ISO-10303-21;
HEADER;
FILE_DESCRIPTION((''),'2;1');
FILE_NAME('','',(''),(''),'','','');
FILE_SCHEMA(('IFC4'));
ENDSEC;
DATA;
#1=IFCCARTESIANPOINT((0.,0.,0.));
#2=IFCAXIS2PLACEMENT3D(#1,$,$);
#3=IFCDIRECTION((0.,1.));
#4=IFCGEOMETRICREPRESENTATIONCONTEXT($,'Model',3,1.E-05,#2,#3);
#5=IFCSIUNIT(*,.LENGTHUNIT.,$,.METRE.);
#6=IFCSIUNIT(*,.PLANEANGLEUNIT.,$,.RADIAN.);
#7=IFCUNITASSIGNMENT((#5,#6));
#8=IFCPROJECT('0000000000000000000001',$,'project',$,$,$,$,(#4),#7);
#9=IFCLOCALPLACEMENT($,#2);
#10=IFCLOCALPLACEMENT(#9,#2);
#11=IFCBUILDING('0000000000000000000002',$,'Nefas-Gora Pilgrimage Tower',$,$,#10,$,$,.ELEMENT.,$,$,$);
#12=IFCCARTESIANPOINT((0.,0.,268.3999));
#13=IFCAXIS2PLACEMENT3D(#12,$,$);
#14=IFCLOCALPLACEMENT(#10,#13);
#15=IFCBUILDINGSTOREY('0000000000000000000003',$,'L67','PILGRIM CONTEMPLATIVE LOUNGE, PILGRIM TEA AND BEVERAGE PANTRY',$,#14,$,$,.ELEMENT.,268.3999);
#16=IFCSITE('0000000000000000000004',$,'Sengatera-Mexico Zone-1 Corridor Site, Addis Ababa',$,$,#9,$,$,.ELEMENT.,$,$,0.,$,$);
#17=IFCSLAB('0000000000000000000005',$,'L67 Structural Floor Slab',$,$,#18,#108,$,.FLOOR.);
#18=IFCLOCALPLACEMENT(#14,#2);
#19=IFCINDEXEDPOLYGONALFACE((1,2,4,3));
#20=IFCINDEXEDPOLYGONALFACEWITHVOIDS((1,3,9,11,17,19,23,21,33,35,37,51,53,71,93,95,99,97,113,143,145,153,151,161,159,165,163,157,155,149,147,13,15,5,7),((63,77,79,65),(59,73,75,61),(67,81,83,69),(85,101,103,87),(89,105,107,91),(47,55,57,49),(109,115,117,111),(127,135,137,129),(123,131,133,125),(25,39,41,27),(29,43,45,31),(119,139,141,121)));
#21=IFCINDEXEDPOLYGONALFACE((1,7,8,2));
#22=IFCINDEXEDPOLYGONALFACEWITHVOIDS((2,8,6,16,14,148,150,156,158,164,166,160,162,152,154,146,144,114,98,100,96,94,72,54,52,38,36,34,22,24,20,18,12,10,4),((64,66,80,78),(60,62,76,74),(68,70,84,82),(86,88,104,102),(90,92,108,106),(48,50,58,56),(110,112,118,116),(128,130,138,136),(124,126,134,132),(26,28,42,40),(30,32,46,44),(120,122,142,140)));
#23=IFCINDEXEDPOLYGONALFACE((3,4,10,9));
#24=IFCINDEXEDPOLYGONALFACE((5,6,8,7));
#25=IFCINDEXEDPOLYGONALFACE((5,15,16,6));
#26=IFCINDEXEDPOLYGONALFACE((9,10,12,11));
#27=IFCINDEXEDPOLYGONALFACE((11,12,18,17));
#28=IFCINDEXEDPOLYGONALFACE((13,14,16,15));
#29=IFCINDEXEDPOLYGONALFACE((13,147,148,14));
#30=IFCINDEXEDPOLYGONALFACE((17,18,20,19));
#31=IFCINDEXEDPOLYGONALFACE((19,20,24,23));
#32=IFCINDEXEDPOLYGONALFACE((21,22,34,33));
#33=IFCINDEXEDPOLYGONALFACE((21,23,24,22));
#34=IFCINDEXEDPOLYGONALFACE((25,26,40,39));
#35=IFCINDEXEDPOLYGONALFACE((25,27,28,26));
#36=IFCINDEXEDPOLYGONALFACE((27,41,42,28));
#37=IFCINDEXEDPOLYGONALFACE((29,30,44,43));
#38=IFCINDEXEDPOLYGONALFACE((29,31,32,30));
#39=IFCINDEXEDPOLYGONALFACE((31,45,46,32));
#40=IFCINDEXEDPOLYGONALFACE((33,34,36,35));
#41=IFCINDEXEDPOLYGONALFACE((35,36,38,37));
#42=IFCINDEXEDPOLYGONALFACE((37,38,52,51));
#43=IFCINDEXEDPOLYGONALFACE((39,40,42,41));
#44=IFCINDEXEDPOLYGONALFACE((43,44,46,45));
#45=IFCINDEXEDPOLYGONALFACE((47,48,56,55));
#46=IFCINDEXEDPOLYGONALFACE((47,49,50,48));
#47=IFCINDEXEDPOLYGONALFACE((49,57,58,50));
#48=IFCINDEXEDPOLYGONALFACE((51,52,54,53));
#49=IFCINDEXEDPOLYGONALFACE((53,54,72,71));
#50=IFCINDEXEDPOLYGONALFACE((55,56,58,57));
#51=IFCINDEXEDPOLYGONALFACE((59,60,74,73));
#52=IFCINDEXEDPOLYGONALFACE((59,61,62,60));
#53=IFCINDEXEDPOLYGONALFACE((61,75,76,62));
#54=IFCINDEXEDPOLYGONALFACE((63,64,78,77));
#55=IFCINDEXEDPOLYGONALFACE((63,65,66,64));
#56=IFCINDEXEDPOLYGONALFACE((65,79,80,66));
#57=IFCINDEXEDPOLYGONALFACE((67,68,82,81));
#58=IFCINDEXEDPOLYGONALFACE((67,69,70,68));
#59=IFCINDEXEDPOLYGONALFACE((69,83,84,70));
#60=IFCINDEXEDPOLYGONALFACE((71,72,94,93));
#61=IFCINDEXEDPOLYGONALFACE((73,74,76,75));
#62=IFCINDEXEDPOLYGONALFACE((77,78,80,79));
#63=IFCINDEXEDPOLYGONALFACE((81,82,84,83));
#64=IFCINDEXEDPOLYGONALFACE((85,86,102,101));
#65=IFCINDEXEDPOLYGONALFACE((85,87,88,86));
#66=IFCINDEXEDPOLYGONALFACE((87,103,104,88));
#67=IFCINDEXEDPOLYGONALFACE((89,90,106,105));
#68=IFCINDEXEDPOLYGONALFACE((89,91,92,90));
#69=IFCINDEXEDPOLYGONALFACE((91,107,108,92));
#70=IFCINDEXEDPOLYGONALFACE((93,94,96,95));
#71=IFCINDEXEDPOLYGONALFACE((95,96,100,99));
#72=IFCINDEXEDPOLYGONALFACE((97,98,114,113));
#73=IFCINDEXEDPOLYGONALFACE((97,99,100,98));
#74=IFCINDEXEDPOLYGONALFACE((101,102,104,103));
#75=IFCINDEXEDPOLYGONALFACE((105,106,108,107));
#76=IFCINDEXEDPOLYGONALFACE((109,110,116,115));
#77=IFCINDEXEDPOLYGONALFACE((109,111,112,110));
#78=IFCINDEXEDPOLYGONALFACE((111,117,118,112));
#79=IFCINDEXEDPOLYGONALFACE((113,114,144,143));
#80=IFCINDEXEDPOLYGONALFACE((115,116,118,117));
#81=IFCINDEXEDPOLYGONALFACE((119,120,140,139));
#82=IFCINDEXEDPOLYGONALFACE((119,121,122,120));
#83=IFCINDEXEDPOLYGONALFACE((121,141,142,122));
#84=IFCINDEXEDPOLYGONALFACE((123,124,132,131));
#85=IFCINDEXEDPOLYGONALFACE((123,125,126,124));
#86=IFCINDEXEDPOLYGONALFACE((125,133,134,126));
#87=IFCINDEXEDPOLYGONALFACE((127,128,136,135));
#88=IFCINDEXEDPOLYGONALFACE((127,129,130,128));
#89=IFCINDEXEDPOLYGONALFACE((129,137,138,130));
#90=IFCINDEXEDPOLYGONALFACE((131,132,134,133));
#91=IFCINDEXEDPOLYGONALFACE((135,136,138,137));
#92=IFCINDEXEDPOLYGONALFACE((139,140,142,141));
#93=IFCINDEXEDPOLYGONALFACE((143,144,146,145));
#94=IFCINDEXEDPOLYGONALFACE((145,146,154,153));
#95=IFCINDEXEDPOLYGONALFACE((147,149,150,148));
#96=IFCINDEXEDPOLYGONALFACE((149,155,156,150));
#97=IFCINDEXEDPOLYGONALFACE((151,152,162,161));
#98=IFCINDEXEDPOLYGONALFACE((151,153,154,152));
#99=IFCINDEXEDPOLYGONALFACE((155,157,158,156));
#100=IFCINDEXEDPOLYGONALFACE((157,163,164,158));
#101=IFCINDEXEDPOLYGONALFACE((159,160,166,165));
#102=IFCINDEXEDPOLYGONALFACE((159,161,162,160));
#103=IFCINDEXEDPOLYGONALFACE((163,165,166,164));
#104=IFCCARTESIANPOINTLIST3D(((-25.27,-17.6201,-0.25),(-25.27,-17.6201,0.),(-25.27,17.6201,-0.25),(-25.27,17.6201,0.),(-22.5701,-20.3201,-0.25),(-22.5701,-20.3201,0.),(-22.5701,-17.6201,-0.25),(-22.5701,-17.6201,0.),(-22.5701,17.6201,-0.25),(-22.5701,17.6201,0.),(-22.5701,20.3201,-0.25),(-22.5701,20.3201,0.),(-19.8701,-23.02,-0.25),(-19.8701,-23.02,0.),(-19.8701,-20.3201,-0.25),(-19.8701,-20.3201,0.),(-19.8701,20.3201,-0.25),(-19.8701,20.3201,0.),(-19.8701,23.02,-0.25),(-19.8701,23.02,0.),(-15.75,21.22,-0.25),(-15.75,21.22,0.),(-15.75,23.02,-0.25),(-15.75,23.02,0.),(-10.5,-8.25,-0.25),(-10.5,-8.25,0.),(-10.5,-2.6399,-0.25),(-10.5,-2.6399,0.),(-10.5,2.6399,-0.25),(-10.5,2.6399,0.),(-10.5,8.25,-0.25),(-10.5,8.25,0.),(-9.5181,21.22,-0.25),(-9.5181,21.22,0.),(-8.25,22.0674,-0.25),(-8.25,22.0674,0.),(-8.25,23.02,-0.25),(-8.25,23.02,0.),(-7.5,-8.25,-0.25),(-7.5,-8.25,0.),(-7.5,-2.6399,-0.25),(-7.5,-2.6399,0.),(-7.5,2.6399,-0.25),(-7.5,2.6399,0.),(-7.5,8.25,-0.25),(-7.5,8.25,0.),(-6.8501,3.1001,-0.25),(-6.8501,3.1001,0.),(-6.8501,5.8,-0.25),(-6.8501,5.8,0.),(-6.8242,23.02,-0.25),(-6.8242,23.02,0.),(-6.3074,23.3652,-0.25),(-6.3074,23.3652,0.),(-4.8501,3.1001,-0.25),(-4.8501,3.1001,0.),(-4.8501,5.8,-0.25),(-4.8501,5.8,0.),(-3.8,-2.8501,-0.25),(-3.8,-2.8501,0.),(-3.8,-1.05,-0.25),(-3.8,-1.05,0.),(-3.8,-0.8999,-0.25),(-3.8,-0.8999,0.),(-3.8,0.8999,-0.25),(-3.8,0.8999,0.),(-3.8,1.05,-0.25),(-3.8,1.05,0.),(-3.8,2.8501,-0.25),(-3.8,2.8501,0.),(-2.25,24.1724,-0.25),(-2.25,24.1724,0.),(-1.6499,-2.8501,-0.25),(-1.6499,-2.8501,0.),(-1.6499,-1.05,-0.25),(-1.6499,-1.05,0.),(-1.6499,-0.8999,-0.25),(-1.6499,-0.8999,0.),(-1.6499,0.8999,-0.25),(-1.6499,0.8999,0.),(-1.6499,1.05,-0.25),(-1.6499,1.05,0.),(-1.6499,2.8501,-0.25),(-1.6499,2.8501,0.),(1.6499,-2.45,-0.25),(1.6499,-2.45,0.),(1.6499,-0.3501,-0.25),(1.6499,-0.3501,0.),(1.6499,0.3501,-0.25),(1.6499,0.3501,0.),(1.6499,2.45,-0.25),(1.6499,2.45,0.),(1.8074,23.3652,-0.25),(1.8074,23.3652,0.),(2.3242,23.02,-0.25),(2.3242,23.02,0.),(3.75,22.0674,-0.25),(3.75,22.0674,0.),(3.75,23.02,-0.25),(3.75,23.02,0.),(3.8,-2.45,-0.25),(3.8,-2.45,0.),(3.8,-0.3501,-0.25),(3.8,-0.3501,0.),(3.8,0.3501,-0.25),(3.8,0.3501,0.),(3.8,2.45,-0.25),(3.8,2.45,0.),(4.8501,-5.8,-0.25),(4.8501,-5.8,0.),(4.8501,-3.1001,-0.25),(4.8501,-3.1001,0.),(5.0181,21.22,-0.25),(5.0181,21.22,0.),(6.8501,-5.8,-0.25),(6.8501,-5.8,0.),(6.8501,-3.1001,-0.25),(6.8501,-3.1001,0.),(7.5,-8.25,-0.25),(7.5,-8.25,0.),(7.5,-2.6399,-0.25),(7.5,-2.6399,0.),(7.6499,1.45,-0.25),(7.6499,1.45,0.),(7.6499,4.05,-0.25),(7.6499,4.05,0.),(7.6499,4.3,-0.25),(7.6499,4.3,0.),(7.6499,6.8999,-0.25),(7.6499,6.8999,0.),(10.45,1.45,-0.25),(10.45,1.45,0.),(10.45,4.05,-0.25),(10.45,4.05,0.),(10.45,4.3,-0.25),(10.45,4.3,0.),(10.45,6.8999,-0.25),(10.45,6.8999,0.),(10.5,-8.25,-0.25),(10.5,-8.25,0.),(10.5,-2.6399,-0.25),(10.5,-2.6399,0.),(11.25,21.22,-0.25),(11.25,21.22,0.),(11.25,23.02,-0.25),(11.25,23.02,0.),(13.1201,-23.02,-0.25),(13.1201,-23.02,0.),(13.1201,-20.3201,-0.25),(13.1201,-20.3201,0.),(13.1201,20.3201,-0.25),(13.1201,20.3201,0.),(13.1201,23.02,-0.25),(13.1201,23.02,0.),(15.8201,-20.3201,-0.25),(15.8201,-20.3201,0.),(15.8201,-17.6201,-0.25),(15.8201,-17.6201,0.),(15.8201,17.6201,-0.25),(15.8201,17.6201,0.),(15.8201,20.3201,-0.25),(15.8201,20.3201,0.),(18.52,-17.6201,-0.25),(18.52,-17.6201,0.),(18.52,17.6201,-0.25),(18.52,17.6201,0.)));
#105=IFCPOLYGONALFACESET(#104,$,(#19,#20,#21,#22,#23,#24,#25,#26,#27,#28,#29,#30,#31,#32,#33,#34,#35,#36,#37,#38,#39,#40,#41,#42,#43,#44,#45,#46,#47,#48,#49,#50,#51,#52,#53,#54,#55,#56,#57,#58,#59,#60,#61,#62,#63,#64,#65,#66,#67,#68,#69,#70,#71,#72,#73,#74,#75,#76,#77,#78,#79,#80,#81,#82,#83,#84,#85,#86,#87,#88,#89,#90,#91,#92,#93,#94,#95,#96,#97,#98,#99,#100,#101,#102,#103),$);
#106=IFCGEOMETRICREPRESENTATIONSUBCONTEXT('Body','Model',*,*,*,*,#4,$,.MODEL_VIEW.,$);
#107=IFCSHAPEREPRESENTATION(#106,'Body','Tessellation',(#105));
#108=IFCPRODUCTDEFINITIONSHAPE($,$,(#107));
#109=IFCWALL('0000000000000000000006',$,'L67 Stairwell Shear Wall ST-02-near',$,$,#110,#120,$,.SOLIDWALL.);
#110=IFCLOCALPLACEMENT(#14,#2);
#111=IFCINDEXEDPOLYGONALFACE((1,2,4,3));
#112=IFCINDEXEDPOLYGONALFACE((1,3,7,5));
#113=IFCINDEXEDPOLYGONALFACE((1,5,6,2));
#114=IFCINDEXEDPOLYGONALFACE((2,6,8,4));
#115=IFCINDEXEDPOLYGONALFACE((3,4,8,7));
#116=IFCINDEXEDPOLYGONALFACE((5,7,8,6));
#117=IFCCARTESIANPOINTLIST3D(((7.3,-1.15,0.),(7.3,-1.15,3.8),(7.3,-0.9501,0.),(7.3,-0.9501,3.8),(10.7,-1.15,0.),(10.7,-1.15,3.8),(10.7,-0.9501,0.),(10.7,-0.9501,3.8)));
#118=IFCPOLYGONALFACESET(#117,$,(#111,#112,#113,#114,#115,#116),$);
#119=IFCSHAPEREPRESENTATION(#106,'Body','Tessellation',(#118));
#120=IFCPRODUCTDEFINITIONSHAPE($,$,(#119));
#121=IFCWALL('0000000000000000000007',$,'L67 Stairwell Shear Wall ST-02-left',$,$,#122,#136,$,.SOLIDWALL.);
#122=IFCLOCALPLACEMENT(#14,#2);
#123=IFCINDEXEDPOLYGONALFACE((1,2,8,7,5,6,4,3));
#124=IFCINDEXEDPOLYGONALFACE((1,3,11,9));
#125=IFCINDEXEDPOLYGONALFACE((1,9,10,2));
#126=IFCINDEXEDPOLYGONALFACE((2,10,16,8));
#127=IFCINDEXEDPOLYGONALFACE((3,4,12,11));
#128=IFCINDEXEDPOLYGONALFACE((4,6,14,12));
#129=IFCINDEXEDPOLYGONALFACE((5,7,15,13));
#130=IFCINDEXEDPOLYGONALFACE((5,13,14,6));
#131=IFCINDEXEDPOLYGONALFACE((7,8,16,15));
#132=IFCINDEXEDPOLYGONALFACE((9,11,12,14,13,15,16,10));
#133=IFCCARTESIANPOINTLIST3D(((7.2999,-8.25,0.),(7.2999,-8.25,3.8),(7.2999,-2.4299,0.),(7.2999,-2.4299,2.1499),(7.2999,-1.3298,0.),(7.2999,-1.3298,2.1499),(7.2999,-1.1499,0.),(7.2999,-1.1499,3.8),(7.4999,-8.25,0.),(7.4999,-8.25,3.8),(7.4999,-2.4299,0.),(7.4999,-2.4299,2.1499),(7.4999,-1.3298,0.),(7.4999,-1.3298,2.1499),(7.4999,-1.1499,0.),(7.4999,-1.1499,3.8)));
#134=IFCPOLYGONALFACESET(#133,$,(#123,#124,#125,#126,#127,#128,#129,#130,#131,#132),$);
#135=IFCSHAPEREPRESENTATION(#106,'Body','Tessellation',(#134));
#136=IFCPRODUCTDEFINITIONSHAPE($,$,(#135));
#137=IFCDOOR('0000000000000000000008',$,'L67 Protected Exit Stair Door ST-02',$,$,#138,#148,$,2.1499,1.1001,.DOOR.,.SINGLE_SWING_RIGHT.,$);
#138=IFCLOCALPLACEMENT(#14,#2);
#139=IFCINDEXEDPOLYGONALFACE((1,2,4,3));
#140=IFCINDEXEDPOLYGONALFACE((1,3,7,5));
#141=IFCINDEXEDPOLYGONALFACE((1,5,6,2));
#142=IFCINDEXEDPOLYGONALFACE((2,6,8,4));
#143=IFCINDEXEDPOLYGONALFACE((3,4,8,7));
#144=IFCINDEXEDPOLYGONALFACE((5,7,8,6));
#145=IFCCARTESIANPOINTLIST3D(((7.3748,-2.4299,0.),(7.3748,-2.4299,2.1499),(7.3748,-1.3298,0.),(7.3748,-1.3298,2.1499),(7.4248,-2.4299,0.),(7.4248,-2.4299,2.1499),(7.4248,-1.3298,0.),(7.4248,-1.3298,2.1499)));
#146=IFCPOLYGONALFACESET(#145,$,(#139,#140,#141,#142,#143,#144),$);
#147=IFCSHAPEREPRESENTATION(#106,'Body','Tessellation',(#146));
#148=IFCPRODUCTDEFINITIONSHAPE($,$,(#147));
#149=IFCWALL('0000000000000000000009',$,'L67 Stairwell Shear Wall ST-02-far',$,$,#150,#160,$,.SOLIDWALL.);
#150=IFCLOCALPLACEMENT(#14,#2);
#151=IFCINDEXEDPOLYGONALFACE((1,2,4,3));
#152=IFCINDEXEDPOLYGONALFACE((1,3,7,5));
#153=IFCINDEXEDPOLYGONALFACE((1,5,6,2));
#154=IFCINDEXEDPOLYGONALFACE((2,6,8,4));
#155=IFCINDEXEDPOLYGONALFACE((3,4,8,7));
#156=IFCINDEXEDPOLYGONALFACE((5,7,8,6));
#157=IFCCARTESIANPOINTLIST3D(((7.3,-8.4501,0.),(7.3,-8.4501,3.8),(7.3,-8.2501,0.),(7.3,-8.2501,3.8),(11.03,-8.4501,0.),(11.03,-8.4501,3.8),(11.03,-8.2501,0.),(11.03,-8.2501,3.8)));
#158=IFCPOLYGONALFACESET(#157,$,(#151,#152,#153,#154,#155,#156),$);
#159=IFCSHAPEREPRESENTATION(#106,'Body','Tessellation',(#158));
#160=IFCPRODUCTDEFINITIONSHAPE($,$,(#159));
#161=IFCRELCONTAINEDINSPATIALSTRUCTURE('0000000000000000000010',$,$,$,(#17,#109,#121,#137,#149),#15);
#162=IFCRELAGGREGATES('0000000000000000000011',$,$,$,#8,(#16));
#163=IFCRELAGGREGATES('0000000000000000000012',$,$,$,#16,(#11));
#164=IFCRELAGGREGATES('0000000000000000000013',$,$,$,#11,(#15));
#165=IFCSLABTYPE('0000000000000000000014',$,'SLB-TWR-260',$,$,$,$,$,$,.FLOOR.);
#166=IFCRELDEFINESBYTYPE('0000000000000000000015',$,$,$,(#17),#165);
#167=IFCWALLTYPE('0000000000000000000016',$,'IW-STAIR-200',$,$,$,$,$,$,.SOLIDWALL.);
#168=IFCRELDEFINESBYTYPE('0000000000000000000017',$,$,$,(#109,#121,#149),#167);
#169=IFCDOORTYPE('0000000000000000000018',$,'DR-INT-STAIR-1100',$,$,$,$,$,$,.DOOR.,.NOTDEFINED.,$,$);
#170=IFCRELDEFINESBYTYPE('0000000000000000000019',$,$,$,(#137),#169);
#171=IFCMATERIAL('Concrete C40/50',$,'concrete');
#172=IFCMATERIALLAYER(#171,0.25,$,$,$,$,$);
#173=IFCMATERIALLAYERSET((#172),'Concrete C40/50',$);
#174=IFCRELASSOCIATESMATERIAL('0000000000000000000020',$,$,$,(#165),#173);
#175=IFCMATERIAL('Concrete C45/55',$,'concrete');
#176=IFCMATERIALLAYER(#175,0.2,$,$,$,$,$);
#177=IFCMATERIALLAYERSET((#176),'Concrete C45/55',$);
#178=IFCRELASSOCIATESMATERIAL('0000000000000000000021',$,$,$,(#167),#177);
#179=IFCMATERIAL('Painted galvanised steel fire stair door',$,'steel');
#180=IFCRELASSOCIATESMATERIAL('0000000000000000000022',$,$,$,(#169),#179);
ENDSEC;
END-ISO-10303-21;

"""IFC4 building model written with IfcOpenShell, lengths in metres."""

from ifc_helpers import new_model, si_unit, direction, frame, frame_2d, origin, place, context, subcontext, project, spatial, polyline, rectangle, outline, extrude, source, transform, mapped, material, layer, layer_set, type_object, element, fill, save


model = new_model("IFC4")

# Units and contexts
model_context = context("Model", 3, precision=1e-05, world=origin(), true_north=direction((0.0, 1.0)))
body_context = subcontext(model_context, "Body", "Model", "MODEL_VIEW")
ifc_project = project(units=[si_unit("LENGTHUNIT", "METRE"), si_unit("PLANEANGLEUNIT", "RADIAN")], contexts=[model_context])

# Site, building, storey
site_placement = place(None, origin())
site = spatial("IfcSite", under=ifc_project, at=site_placement, Name="Sengatera-Mexico Zone-1 Corridor Site, Addis Ababa", CompositionType="ELEMENT", RefElevation=0.0)
building_placement = place(site_placement, origin())
building = spatial("IfcBuilding", under=site, at=building_placement, Name="Nefas-Gora Pilgrimage Tower", CompositionType="ELEMENT")
storey_placement = place(building_placement, frame((0.0, 0.0, 268.3999)))
storey = spatial("IfcBuildingStorey", under=building, at=storey_placement, Name="L67", Description="PILGRIM CONTEMPLATIVE LOUNGE, PILGRIM TEA AND BEVERAGE PANTRY", CompositionType="ELEMENT", Elevation=268.3999)

# Slab
ifc_material_1 = material(Name="Concrete C40/50", Category="concrete")
ifc_layer_1 = layer(ifc_material_1, 0.25)
ifc_layer_set_1 = layer_set([ifc_layer_1], Name="Concrete C40/50")
slab_type_1 = type_object("IfcSlabType", Name="SLB-TWR-260", PredefinedType="FLOOR", material=ifc_layer_set_1)
slab_1_placement = place(storey_placement, frame((0.0, 0.0, -0.25)))
element("IfcSlab", 1, at=slab_1_placement, inside=storey, type_object=slab_type_1, Name="L67 Structural Floor Slab", PredefinedType="FLOOR", context=body_context, shape_type="SweptSolid", body=[
    extrude(outline(polyline([(15.8201, -17.6201), (18.52, -17.6201), (18.52, 17.6201), (15.8201, 17.6201), (15.8201, 20.3201), (13.1201, 20.3201), (13.1201, 23.02), (11.25, 23.02), (11.25, 21.22), (5.0181, 21.22), (3.75, 22.0674), (3.75, 23.02), (2.3242, 23.02), (1.8074, 23.3652), (-2.25, 24.1724), (-6.3074, 23.3652), (-6.8242, 23.02), (-8.25, 23.02), (-8.25, 22.0674), (-9.5181, 21.22), (-15.75, 21.22), (-15.75, 23.02), (-19.8701, 23.02), (-19.8701, 20.3201), (-22.5701, 20.3201), (-22.5701, 17.6201), (-25.27, 17.6201), (-25.27, -17.6201), (-22.5701, -17.6201), (-22.5701, -20.3201), (-19.8701, -20.3201), (-19.8701, -23.02), (13.1201, -23.02), (13.1201, -20.3201), (15.8201, -20.3201), (15.8201, -17.6201)]), holes=[polyline([(-10.5, 2.6399), (-10.5, 8.25), (-7.5, 8.25), (-7.5, 2.6399), (-10.5, 2.6399)]), polyline([(10.5, -2.6399), (10.5, -8.25), (7.5, -8.25), (7.5, -2.6399), (10.5, -2.6399)]), polyline([(-7.5, -2.6399), (-7.5, -8.25), (-10.5, -8.25), (-10.5, -2.6399), (-7.5, -2.6399)]), polyline([(-6.8501, 5.8), (-4.8501, 5.8), (-4.8501, 3.1001), (-6.8501, 3.1001), (-6.8501, 5.8)]), polyline([(4.8501, -3.1001), (6.8501, -3.1001), (6.8501, -5.8), (4.8501, -5.8), (4.8501, -3.1001)]), polyline([(7.6499, 4.05), (10.45, 4.05), (10.45, 1.45), (7.6499, 1.45), (7.6499, 4.05)]), polyline([(7.6499, 6.8999), (10.45, 6.8999), (10.45, 4.3), (7.6499, 4.3), (7.6499, 6.8999)]), polyline([(-3.8, -1.05), (-1.6499, -1.05), (-1.6499, -2.8501), (-3.8, -2.8501), (-3.8, -1.05)]), polyline([(-3.8, 0.8999), (-1.6499, 0.8999), (-1.6499, -0.8999), (-3.8, -0.8999), (-3.8, 0.8999)]), polyline([(-3.8, 2.8501), (-1.6499, 2.8501), (-1.6499, 1.05), (-3.8, 1.05), (-3.8, 2.8501)]), polyline([(1.6499, -0.3501), (3.8, -0.3501), (3.8, -2.45), (1.6499, -2.45), (1.6499, -0.3501)]), polyline([(1.6499, 2.45), (3.8, 2.45), (3.8, 0.3501), (1.6499, 0.3501), (1.6499, 2.45)])]), origin(), (0.0, 0.0, 1.0), 0.25),
])

# Wall
ifc_material_2 = material(Name="Concrete C45/55", Category="concrete")
ifc_layer_2 = layer(ifc_material_2, 0.2)
ifc_layer_set_2 = layer_set([ifc_layer_2], Name="Concrete C45/55")
wall_type_1 = type_object("IfcWallType", Name="IW-STAIR-200", PredefinedType="SOLIDWALL", material=ifc_layer_set_2)
shared_shape_1 = source(origin(), body_context, "Body", "SweptSolid", [
    extrude(rectangle(XDim=3.3999, YDim=0.2, at=frame_2d((1.7, 0.0))), origin(), (0.0, 0.0, 1.0), 3.8),
])
wall_1_placement = place(storey_placement, frame((7.3, -1.05, 0.0), z_axis=(0.0, 0.0, 1.0), x_axis=(1.0, 0.0, 0.0)))
element("IfcWall", 2, at=wall_1_placement, inside=storey, type_object=wall_type_1, Name="L67 Stairwell Shear Wall ST-02-near", PredefinedType="SOLIDWALL", context=body_context, shape_type="MappedRepresentation", body=[
    mapped(shared_shape_1, transform((0.0, 0.0, 0.0), x_axis=(1.0, 0.0, 0.0), y_axis=(0.0, 1.0, 0.0), z_axis=(0.0, 0.0, 1.0), scale=1.0)),
])

# Wall, opening, door
shared_shape_2 = source(origin(), body_context, "Body", "SweptSolid", [
    extrude(rectangle(XDim=7.1001, YDim=0.2, at=frame_2d((3.55, 0.0))), origin(), (0.0, 0.0, 1.0), 3.8),
])
wall_2_placement = place(storey_placement, frame((7.3999, -1.1499, 0.0), z_axis=(0.0, 0.0, 1.0), x_axis=(0.0, -1.0, 0.0)))
wall_2 = element("IfcWall", 3, at=wall_2_placement, inside=storey, type_object=wall_type_1, Name="L67 Stairwell Shear Wall ST-02-left", PredefinedType="SOLIDWALL", context=body_context, shape_type="MappedRepresentation", body=[
    mapped(shared_shape_2, transform((0.0, 0.0, 0.0), x_axis=(1.0, 0.0, 0.0), y_axis=(0.0, 1.0, 0.0), z_axis=(0.0, 0.0, 1.0), scale=1.0)),
])
opening_1_placement = place(wall_2_placement, frame((0.1799, 0.0, 0.0)))
opening_1 = element("IfcOpeningElement", 4, at=opening_1_placement, cuts=wall_2, PredefinedType="OPENING", context=body_context, shape_type="SweptSolid", body=[
    extrude(rectangle(XDim=1.1001, YDim=2.1499, at=frame_2d((0.55, 1.075))), frame((0.0, 0.1099, 0.0), z_axis=(0.0, -1.0, 0.0), x_axis=(1.0, 0.0, 0.0)), (0.0, 0.0, 1.0), 0.22),
])
ifc_material_3 = material(Name="Painted galvanised steel fire stair door", Category="steel")
door_type_1 = type_object("IfcDoorType", Name="DR-INT-STAIR-1100", OperationType="NOTDEFINED", PredefinedType="DOOR", material=ifc_material_3)
shared_shape_3 = source(origin(), body_context, "Body", "SweptSolid", [
    extrude(rectangle(XDim=1.1001, YDim=2.1499, at=frame_2d((0.55, 1.075))), frame((0.0, 0.0249, 0.0), z_axis=(0.0, -1.0, 0.0), x_axis=(1.0, 0.0, 0.0)), (0.0, 0.0, 1.0), 0.05),
])
door_1_placement = place(opening_1_placement, origin())
door_1 = element("IfcDoor", 5, at=door_1_placement, inside=storey, type_object=door_type_1, Name="L67 Protected Exit Stair Door ST-02", OperationType="SINGLE_SWING_RIGHT", OverallHeight=2.1499, OverallWidth=1.1001, PredefinedType="DOOR", context=body_context, shape_type="MappedRepresentation", body=[
    mapped(shared_shape_3, transform((0.0, 0.0, 0.0), x_axis=(1.0, 0.0, 0.0), y_axis=(0.0, 1.0, 0.0), z_axis=(0.0, 0.0, 1.0), scale=1.0)),
])
fill(opening_1, door_1)

# Wall
shared_shape_4 = source(origin(), body_context, "Body", "SweptSolid", [
    extrude(rectangle(XDim=3.73, YDim=0.2, at=frame_2d((1.865, 0.0))), origin(), (0.0, 0.0, 1.0), 3.8),
])
wall_3_placement = place(storey_placement, frame((7.3, -8.3501, 0.0), z_axis=(0.0, 0.0, 1.0), x_axis=(1.0, 0.0, 0.0)))
element("IfcWall", 6, at=wall_3_placement, inside=storey, type_object=wall_type_1, Name="L67 Stairwell Shear Wall ST-02-far", PredefinedType="SOLIDWALL", context=body_context, shape_type="MappedRepresentation", body=[
    mapped(shared_shape_4, transform((0.0, 0.0, 0.0), x_axis=(1.0, 0.0, 0.0), y_axis=(0.0, 1.0, 0.0), z_axis=(0.0, 0.0, 1.0), scale=1.0)),
])

save(model, "model.ifc")
